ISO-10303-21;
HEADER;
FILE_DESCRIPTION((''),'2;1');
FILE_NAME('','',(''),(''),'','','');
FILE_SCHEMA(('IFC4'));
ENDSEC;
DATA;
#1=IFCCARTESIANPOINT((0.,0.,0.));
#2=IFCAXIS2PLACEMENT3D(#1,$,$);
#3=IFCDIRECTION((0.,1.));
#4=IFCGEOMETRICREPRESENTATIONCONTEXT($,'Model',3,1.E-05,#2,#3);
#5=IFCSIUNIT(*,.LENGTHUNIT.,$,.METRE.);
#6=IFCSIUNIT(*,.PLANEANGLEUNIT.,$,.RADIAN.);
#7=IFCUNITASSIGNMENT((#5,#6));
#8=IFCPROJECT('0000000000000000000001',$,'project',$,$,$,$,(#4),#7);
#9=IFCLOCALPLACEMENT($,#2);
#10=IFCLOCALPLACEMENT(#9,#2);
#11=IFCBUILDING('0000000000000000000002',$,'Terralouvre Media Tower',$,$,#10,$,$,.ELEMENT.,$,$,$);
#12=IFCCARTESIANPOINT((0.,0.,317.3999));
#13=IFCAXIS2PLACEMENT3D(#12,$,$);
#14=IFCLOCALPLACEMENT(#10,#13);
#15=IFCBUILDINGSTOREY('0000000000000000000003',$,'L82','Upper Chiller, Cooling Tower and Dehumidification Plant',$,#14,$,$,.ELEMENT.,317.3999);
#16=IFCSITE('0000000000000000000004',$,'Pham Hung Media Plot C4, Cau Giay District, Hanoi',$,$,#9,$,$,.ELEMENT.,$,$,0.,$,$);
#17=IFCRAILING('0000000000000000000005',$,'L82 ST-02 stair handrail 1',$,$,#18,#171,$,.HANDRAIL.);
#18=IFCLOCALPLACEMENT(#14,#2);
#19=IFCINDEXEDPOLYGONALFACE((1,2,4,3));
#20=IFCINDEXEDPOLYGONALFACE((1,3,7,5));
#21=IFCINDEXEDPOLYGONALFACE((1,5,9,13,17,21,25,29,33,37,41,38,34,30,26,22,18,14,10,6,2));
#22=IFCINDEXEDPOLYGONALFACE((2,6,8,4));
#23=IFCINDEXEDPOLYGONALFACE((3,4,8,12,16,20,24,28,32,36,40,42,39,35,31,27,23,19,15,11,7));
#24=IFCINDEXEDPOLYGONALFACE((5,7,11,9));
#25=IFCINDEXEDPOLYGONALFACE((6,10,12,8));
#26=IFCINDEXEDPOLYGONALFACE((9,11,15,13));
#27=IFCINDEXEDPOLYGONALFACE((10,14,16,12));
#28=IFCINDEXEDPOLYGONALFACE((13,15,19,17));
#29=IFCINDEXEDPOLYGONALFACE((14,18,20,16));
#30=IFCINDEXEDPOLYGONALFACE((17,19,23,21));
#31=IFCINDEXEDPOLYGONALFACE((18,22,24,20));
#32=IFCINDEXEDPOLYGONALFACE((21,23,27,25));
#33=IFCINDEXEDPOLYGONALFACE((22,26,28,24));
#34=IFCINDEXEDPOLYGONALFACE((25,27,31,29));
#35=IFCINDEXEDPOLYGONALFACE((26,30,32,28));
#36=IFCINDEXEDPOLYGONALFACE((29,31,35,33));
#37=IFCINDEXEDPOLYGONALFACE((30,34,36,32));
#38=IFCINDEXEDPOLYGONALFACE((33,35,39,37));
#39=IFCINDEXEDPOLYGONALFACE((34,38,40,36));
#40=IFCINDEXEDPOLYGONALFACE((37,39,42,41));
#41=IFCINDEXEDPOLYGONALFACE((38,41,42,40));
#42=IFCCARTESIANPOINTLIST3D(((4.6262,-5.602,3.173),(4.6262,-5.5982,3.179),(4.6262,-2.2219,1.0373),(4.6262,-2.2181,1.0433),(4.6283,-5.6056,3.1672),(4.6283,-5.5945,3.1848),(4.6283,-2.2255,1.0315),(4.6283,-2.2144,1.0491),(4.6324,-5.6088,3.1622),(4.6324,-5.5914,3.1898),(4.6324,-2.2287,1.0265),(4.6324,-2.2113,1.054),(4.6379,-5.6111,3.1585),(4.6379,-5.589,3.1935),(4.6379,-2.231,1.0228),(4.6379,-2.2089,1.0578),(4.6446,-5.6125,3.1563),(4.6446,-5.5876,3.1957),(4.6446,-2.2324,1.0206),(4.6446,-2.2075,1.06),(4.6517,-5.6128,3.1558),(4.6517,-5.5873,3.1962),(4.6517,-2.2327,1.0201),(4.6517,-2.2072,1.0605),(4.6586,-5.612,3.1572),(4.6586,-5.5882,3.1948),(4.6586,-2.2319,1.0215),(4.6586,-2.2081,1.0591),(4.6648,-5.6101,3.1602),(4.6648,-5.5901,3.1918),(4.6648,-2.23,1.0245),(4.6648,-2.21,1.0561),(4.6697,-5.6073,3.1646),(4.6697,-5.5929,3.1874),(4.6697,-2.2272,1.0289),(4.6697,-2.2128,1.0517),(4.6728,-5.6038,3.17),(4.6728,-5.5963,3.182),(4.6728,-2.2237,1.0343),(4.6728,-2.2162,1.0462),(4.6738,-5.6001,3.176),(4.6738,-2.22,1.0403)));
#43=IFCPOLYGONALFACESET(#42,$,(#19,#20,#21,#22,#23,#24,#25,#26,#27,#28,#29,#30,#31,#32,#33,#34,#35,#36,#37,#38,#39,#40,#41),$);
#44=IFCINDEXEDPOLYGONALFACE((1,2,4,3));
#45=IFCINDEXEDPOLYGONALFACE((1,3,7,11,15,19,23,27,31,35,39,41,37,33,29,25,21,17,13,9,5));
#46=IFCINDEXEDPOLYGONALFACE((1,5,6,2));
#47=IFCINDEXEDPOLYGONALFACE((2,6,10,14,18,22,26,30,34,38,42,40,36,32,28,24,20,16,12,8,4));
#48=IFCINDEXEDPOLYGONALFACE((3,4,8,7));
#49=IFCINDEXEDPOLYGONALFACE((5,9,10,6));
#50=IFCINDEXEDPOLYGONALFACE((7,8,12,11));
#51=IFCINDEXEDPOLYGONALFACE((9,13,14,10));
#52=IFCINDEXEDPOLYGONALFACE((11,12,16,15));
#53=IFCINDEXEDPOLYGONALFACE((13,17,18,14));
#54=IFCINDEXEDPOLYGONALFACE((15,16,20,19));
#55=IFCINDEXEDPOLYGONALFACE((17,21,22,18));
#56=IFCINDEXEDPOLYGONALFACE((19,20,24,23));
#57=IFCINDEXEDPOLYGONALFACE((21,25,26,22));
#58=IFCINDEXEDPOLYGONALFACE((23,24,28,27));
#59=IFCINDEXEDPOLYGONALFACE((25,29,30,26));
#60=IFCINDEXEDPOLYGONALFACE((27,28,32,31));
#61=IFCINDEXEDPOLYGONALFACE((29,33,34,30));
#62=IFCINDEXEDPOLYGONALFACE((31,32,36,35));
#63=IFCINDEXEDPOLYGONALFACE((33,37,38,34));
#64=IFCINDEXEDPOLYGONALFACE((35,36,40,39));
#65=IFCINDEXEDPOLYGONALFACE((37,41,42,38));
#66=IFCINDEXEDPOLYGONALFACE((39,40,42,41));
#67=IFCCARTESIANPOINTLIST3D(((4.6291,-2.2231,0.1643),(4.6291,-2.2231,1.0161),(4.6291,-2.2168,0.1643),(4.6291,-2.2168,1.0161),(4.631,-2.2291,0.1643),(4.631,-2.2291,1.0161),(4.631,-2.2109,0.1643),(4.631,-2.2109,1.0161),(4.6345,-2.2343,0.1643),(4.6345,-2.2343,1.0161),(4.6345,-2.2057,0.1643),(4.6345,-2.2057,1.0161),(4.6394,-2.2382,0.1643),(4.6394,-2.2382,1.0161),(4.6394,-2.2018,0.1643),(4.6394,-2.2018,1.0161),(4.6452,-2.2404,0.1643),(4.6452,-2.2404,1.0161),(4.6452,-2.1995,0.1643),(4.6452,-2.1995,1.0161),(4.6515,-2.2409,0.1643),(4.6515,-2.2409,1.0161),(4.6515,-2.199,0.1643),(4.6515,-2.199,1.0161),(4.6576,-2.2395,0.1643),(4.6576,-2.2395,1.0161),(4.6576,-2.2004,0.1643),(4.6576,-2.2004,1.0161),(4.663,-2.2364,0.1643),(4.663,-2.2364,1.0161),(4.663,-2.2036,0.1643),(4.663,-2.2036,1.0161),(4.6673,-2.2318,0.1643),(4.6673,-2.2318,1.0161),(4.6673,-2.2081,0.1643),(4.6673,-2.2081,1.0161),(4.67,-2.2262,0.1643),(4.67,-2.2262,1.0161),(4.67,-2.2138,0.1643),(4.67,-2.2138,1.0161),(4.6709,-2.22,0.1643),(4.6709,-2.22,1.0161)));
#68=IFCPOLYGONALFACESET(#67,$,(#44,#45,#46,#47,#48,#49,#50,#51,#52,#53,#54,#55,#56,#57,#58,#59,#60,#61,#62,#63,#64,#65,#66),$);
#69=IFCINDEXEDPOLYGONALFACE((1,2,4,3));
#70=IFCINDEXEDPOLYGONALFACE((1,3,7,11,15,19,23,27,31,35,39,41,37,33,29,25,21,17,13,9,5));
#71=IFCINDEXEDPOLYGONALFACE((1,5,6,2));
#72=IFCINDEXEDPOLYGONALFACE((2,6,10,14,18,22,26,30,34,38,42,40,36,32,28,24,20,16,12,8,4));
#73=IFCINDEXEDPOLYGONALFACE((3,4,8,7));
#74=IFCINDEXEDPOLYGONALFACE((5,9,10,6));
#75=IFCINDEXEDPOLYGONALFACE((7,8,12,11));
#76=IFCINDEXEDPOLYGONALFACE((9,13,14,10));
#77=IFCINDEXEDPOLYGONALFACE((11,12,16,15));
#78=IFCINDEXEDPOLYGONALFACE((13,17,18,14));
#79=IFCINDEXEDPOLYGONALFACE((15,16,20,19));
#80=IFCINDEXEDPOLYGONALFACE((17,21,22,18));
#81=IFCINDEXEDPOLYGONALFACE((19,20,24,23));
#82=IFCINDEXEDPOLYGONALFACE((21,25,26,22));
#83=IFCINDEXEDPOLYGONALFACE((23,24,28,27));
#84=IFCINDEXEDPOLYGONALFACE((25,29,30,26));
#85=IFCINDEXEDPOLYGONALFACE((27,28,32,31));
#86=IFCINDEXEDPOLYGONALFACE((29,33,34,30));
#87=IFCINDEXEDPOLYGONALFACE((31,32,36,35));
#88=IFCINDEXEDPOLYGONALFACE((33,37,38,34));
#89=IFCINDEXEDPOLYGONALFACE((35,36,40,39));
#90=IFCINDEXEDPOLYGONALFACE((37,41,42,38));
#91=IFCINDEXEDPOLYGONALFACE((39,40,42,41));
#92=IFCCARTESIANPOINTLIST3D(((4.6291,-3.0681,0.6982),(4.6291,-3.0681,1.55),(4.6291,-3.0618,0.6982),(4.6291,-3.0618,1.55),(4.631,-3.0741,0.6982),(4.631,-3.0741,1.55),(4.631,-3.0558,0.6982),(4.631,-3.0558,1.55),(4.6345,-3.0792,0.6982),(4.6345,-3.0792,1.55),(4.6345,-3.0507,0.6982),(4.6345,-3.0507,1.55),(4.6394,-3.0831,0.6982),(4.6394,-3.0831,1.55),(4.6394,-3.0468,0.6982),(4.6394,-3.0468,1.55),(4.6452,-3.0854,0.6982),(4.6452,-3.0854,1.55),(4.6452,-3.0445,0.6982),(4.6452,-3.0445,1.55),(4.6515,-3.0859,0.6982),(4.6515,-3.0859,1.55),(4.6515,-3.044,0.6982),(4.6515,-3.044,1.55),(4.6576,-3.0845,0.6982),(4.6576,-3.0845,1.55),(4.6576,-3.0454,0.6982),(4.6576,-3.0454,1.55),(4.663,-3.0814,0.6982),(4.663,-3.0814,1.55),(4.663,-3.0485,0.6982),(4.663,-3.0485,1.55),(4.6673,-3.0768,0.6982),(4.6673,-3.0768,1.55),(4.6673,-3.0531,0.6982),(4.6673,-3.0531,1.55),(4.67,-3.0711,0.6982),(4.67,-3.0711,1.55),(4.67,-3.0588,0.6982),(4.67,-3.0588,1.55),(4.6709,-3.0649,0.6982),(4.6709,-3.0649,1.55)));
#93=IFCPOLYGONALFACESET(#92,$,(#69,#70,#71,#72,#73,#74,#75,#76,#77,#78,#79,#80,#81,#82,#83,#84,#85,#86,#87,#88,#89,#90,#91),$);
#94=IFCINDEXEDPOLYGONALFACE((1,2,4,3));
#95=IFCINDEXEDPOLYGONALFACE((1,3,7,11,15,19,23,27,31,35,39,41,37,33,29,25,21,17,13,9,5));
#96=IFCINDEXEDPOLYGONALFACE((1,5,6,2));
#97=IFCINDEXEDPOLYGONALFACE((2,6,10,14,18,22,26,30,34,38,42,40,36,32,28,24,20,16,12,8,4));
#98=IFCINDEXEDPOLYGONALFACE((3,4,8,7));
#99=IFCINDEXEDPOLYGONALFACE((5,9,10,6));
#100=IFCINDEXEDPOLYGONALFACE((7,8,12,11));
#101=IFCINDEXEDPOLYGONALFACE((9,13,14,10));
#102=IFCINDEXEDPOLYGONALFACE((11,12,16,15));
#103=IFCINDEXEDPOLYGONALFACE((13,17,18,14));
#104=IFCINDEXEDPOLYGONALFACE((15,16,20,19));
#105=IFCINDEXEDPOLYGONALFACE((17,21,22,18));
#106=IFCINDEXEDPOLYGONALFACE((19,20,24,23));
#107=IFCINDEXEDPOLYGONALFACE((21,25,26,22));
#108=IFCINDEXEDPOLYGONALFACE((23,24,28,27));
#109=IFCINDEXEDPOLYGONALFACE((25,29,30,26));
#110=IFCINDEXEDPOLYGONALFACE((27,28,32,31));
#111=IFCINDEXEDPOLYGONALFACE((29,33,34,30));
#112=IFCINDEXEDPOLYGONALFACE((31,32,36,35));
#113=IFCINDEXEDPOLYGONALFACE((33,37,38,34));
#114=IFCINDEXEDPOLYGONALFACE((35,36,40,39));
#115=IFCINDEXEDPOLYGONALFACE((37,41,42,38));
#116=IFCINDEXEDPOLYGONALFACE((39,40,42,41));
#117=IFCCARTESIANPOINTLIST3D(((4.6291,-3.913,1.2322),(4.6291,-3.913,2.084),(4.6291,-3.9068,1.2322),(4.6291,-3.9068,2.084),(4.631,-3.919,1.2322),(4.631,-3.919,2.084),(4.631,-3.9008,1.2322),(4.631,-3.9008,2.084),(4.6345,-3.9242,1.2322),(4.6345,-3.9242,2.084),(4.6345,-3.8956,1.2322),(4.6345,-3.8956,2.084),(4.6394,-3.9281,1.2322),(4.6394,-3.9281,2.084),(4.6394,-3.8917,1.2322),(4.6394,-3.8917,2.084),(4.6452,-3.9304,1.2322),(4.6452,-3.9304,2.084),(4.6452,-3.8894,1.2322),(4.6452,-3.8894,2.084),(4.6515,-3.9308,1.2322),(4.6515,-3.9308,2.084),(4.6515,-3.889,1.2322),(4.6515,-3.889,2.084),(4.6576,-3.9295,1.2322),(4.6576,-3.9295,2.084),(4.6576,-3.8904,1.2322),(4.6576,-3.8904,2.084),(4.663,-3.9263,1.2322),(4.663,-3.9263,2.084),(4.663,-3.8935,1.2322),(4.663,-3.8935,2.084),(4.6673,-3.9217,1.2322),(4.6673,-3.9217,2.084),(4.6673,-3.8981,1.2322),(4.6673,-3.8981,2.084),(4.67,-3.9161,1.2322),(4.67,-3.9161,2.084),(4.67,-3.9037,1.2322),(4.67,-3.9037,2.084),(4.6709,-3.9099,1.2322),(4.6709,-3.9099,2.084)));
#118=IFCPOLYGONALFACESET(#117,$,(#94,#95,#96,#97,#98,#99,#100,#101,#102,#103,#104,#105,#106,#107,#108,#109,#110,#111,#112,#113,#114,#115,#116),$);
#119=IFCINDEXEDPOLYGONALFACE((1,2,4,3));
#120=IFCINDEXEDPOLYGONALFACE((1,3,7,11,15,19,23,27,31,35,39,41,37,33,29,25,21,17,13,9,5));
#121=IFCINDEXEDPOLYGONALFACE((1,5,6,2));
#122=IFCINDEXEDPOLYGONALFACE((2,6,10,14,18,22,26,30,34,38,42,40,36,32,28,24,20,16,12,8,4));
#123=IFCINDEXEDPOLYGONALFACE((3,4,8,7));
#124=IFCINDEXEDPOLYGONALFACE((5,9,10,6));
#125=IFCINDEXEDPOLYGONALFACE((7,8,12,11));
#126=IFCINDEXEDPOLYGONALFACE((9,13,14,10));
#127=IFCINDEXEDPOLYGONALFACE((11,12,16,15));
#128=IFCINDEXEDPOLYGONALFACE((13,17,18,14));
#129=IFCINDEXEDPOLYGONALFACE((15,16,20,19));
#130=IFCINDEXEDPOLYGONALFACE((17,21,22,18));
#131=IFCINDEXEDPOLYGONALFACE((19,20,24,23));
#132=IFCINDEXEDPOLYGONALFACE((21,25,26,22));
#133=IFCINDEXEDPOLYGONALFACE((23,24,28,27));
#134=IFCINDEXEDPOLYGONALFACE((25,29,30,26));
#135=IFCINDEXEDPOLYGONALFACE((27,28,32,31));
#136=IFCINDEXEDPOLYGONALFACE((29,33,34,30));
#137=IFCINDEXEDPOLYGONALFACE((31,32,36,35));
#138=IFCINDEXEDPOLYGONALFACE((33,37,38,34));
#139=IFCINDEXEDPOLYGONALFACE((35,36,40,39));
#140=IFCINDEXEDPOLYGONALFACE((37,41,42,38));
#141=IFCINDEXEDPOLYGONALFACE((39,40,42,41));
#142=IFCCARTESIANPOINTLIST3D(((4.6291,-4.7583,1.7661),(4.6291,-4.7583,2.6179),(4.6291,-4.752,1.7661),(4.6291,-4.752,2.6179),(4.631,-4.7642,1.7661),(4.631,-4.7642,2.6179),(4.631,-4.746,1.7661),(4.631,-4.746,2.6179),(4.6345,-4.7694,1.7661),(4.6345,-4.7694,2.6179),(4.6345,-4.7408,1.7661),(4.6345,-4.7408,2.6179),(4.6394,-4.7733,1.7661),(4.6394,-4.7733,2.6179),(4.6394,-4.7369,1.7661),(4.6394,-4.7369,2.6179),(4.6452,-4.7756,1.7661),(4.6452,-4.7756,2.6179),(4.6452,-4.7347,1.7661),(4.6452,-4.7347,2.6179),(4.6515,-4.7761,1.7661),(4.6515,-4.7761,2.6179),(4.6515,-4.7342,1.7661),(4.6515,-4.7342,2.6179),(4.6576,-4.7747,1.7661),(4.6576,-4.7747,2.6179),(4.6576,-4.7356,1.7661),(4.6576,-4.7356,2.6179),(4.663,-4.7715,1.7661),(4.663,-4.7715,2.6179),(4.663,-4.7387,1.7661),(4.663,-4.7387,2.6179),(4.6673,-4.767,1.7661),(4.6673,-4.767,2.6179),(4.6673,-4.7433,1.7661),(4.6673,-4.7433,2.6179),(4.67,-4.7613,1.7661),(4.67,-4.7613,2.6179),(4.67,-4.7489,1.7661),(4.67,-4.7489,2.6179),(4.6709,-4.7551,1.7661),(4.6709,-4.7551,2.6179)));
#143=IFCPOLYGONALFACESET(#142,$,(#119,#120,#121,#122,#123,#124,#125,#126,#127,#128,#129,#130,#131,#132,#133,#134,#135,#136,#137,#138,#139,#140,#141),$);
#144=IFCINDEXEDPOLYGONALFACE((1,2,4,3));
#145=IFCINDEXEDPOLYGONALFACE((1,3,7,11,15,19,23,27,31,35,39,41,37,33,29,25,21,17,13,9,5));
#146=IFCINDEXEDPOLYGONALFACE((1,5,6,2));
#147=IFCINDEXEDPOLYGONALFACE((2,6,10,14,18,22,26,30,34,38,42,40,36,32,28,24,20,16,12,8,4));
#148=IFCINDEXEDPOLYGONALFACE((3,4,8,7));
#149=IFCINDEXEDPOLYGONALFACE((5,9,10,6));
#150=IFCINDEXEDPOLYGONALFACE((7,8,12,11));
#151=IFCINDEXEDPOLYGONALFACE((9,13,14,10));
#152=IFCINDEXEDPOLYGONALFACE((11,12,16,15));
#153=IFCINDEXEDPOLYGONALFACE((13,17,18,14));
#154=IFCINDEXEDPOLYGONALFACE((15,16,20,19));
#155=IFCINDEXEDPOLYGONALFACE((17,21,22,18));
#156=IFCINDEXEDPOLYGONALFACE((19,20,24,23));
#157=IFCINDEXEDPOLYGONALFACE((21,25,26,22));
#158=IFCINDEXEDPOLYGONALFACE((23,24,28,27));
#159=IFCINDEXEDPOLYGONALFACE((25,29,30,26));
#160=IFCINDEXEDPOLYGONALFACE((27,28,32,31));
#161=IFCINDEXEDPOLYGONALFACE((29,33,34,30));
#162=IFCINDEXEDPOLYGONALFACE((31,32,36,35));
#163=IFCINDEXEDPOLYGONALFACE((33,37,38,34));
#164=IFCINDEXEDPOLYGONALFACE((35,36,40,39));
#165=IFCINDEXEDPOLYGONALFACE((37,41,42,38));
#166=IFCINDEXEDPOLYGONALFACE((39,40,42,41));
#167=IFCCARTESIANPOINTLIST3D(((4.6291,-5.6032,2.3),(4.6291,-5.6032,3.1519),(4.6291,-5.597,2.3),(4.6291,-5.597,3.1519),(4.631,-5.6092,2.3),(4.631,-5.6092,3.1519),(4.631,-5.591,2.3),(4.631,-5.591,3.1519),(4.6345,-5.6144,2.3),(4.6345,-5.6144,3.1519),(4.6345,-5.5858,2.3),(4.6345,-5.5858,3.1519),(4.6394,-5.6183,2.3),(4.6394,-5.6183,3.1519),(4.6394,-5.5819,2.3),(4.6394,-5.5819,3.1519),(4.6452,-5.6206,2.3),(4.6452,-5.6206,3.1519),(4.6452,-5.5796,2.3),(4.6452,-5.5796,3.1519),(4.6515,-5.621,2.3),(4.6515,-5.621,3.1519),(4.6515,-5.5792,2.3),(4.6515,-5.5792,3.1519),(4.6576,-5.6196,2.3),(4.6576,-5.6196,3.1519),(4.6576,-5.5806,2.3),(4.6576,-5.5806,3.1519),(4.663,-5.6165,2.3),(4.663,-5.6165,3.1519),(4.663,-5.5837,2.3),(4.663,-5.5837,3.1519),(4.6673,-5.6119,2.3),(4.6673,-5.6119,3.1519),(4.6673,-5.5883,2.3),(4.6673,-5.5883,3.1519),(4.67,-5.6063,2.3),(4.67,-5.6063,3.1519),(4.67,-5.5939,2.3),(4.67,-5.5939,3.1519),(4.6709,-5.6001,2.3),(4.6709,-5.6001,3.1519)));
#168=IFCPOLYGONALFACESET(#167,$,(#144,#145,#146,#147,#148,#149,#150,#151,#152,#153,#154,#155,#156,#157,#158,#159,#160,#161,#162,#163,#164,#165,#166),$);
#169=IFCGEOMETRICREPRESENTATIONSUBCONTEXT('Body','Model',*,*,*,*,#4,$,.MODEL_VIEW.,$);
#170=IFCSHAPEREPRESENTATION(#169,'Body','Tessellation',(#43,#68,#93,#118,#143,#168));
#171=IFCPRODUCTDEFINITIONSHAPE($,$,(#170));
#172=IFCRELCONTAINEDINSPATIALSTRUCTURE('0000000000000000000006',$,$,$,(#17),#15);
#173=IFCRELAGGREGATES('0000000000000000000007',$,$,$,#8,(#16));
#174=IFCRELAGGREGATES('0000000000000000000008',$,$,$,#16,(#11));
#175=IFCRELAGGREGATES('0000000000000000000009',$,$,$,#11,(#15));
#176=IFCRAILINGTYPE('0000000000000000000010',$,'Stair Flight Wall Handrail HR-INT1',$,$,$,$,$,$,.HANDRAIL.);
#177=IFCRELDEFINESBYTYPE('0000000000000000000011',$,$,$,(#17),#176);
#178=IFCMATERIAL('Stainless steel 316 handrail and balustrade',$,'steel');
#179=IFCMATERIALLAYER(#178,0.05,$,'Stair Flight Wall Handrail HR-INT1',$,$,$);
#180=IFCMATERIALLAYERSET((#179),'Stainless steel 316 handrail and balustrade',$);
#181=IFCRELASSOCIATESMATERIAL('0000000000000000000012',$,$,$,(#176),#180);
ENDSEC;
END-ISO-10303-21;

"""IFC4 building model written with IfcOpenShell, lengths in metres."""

from ifc_helpers import new_model, si_unit, direction, frame, origin, origin_2d, place, context, subcontext, project, spatial, circle, extrude, material, layer, layer_set, type_object, element, save


model = new_model("IFC4")

# Units and contexts
model_context = context("Model", 3, precision=1e-05, world=origin(), true_north=direction((0.0, 1.0)))
body_context = subcontext(model_context, "Body", "Model", "MODEL_VIEW")
ifc_project = project(units=[si_unit("LENGTHUNIT", "METRE"), si_unit("PLANEANGLEUNIT", "RADIAN")], contexts=[model_context])

# Site, building, storey
site_placement = place(None, origin())
site = spatial("IfcSite", under=ifc_project, at=site_placement, Name="Pham Hung Media Plot C4, Cau Giay District, Hanoi", CompositionType="ELEMENT", RefElevation=0.0)
building_placement = place(site_placement, origin())
building = spatial("IfcBuilding", under=site, at=building_placement, Name="Terralouvre Media Tower", CompositionType="ELEMENT")
storey_placement = place(building_placement, frame((0.0, 0.0, 317.3999)))
storey = spatial("IfcBuildingStorey", under=building, at=storey_placement, Name="L82", Description="Upper Chiller, Cooling Tower and Dehumidification Plant", CompositionType="ELEMENT", Elevation=317.3999)

# Railing
ifc_material_1 = material(Name="Stainless steel 316 handrail and balustrade", Category="steel")
ifc_layer_1 = layer(ifc_material_1, 0.05, Name="Stair Flight Wall Handrail HR-INT1")
ifc_layer_set_1 = layer_set([ifc_layer_1], Name="Stainless steel 316 handrail and balustrade")
railing_type_1 = type_object("IfcRailingType", Name="Stair Flight Wall Handrail HR-INT1", PredefinedType="HANDRAIL", material=ifc_layer_set_1)
railing_1_placement = place(storey_placement, frame((4.6499, -2.22, 0.1643)))
element("IfcRailing", 1, at=railing_1_placement, inside=storey, type_object=railing_type_1, Name="L82 ST-02 stair handrail 1", PredefinedType="HANDRAIL", context=body_context, shape_type="SweptSolid", body=[
    extrude(circle(Radius=0.0239, at=origin_2d()), frame((0.0, 0.0, 0.876), z_axis=(0.0, -0.845384, 0.534158), x_axis=(1.0, 0.0, 0.0)), (0.0, 0.0, 1.0), 3.9983),
    extrude(circle(Radius=0.021, at=origin_2d()), origin(), (0.0, 0.0, 1.0), 0.8518),
    extrude(circle(Radius=0.021, at=origin_2d()), frame((0.0, -0.845, 0.5339)), (0.0, 0.0, 1.0), 0.8518),
    extrude(circle(Radius=0.021, at=origin_2d()), frame((0.0, -1.6899, 1.0679)), (0.0, 0.0, 1.0), 0.8518),
    extrude(circle(Radius=0.021, at=origin_2d()), frame((0.0, -2.5352, 1.6018)), (0.0, 0.0, 1.0), 0.8518),
    extrude(circle(Radius=0.021, at=origin_2d()), frame((0.0, -3.3801, 2.1357)), (0.0, 0.0, 1.0), 0.8518),
])

save(model, "model.ifc")
